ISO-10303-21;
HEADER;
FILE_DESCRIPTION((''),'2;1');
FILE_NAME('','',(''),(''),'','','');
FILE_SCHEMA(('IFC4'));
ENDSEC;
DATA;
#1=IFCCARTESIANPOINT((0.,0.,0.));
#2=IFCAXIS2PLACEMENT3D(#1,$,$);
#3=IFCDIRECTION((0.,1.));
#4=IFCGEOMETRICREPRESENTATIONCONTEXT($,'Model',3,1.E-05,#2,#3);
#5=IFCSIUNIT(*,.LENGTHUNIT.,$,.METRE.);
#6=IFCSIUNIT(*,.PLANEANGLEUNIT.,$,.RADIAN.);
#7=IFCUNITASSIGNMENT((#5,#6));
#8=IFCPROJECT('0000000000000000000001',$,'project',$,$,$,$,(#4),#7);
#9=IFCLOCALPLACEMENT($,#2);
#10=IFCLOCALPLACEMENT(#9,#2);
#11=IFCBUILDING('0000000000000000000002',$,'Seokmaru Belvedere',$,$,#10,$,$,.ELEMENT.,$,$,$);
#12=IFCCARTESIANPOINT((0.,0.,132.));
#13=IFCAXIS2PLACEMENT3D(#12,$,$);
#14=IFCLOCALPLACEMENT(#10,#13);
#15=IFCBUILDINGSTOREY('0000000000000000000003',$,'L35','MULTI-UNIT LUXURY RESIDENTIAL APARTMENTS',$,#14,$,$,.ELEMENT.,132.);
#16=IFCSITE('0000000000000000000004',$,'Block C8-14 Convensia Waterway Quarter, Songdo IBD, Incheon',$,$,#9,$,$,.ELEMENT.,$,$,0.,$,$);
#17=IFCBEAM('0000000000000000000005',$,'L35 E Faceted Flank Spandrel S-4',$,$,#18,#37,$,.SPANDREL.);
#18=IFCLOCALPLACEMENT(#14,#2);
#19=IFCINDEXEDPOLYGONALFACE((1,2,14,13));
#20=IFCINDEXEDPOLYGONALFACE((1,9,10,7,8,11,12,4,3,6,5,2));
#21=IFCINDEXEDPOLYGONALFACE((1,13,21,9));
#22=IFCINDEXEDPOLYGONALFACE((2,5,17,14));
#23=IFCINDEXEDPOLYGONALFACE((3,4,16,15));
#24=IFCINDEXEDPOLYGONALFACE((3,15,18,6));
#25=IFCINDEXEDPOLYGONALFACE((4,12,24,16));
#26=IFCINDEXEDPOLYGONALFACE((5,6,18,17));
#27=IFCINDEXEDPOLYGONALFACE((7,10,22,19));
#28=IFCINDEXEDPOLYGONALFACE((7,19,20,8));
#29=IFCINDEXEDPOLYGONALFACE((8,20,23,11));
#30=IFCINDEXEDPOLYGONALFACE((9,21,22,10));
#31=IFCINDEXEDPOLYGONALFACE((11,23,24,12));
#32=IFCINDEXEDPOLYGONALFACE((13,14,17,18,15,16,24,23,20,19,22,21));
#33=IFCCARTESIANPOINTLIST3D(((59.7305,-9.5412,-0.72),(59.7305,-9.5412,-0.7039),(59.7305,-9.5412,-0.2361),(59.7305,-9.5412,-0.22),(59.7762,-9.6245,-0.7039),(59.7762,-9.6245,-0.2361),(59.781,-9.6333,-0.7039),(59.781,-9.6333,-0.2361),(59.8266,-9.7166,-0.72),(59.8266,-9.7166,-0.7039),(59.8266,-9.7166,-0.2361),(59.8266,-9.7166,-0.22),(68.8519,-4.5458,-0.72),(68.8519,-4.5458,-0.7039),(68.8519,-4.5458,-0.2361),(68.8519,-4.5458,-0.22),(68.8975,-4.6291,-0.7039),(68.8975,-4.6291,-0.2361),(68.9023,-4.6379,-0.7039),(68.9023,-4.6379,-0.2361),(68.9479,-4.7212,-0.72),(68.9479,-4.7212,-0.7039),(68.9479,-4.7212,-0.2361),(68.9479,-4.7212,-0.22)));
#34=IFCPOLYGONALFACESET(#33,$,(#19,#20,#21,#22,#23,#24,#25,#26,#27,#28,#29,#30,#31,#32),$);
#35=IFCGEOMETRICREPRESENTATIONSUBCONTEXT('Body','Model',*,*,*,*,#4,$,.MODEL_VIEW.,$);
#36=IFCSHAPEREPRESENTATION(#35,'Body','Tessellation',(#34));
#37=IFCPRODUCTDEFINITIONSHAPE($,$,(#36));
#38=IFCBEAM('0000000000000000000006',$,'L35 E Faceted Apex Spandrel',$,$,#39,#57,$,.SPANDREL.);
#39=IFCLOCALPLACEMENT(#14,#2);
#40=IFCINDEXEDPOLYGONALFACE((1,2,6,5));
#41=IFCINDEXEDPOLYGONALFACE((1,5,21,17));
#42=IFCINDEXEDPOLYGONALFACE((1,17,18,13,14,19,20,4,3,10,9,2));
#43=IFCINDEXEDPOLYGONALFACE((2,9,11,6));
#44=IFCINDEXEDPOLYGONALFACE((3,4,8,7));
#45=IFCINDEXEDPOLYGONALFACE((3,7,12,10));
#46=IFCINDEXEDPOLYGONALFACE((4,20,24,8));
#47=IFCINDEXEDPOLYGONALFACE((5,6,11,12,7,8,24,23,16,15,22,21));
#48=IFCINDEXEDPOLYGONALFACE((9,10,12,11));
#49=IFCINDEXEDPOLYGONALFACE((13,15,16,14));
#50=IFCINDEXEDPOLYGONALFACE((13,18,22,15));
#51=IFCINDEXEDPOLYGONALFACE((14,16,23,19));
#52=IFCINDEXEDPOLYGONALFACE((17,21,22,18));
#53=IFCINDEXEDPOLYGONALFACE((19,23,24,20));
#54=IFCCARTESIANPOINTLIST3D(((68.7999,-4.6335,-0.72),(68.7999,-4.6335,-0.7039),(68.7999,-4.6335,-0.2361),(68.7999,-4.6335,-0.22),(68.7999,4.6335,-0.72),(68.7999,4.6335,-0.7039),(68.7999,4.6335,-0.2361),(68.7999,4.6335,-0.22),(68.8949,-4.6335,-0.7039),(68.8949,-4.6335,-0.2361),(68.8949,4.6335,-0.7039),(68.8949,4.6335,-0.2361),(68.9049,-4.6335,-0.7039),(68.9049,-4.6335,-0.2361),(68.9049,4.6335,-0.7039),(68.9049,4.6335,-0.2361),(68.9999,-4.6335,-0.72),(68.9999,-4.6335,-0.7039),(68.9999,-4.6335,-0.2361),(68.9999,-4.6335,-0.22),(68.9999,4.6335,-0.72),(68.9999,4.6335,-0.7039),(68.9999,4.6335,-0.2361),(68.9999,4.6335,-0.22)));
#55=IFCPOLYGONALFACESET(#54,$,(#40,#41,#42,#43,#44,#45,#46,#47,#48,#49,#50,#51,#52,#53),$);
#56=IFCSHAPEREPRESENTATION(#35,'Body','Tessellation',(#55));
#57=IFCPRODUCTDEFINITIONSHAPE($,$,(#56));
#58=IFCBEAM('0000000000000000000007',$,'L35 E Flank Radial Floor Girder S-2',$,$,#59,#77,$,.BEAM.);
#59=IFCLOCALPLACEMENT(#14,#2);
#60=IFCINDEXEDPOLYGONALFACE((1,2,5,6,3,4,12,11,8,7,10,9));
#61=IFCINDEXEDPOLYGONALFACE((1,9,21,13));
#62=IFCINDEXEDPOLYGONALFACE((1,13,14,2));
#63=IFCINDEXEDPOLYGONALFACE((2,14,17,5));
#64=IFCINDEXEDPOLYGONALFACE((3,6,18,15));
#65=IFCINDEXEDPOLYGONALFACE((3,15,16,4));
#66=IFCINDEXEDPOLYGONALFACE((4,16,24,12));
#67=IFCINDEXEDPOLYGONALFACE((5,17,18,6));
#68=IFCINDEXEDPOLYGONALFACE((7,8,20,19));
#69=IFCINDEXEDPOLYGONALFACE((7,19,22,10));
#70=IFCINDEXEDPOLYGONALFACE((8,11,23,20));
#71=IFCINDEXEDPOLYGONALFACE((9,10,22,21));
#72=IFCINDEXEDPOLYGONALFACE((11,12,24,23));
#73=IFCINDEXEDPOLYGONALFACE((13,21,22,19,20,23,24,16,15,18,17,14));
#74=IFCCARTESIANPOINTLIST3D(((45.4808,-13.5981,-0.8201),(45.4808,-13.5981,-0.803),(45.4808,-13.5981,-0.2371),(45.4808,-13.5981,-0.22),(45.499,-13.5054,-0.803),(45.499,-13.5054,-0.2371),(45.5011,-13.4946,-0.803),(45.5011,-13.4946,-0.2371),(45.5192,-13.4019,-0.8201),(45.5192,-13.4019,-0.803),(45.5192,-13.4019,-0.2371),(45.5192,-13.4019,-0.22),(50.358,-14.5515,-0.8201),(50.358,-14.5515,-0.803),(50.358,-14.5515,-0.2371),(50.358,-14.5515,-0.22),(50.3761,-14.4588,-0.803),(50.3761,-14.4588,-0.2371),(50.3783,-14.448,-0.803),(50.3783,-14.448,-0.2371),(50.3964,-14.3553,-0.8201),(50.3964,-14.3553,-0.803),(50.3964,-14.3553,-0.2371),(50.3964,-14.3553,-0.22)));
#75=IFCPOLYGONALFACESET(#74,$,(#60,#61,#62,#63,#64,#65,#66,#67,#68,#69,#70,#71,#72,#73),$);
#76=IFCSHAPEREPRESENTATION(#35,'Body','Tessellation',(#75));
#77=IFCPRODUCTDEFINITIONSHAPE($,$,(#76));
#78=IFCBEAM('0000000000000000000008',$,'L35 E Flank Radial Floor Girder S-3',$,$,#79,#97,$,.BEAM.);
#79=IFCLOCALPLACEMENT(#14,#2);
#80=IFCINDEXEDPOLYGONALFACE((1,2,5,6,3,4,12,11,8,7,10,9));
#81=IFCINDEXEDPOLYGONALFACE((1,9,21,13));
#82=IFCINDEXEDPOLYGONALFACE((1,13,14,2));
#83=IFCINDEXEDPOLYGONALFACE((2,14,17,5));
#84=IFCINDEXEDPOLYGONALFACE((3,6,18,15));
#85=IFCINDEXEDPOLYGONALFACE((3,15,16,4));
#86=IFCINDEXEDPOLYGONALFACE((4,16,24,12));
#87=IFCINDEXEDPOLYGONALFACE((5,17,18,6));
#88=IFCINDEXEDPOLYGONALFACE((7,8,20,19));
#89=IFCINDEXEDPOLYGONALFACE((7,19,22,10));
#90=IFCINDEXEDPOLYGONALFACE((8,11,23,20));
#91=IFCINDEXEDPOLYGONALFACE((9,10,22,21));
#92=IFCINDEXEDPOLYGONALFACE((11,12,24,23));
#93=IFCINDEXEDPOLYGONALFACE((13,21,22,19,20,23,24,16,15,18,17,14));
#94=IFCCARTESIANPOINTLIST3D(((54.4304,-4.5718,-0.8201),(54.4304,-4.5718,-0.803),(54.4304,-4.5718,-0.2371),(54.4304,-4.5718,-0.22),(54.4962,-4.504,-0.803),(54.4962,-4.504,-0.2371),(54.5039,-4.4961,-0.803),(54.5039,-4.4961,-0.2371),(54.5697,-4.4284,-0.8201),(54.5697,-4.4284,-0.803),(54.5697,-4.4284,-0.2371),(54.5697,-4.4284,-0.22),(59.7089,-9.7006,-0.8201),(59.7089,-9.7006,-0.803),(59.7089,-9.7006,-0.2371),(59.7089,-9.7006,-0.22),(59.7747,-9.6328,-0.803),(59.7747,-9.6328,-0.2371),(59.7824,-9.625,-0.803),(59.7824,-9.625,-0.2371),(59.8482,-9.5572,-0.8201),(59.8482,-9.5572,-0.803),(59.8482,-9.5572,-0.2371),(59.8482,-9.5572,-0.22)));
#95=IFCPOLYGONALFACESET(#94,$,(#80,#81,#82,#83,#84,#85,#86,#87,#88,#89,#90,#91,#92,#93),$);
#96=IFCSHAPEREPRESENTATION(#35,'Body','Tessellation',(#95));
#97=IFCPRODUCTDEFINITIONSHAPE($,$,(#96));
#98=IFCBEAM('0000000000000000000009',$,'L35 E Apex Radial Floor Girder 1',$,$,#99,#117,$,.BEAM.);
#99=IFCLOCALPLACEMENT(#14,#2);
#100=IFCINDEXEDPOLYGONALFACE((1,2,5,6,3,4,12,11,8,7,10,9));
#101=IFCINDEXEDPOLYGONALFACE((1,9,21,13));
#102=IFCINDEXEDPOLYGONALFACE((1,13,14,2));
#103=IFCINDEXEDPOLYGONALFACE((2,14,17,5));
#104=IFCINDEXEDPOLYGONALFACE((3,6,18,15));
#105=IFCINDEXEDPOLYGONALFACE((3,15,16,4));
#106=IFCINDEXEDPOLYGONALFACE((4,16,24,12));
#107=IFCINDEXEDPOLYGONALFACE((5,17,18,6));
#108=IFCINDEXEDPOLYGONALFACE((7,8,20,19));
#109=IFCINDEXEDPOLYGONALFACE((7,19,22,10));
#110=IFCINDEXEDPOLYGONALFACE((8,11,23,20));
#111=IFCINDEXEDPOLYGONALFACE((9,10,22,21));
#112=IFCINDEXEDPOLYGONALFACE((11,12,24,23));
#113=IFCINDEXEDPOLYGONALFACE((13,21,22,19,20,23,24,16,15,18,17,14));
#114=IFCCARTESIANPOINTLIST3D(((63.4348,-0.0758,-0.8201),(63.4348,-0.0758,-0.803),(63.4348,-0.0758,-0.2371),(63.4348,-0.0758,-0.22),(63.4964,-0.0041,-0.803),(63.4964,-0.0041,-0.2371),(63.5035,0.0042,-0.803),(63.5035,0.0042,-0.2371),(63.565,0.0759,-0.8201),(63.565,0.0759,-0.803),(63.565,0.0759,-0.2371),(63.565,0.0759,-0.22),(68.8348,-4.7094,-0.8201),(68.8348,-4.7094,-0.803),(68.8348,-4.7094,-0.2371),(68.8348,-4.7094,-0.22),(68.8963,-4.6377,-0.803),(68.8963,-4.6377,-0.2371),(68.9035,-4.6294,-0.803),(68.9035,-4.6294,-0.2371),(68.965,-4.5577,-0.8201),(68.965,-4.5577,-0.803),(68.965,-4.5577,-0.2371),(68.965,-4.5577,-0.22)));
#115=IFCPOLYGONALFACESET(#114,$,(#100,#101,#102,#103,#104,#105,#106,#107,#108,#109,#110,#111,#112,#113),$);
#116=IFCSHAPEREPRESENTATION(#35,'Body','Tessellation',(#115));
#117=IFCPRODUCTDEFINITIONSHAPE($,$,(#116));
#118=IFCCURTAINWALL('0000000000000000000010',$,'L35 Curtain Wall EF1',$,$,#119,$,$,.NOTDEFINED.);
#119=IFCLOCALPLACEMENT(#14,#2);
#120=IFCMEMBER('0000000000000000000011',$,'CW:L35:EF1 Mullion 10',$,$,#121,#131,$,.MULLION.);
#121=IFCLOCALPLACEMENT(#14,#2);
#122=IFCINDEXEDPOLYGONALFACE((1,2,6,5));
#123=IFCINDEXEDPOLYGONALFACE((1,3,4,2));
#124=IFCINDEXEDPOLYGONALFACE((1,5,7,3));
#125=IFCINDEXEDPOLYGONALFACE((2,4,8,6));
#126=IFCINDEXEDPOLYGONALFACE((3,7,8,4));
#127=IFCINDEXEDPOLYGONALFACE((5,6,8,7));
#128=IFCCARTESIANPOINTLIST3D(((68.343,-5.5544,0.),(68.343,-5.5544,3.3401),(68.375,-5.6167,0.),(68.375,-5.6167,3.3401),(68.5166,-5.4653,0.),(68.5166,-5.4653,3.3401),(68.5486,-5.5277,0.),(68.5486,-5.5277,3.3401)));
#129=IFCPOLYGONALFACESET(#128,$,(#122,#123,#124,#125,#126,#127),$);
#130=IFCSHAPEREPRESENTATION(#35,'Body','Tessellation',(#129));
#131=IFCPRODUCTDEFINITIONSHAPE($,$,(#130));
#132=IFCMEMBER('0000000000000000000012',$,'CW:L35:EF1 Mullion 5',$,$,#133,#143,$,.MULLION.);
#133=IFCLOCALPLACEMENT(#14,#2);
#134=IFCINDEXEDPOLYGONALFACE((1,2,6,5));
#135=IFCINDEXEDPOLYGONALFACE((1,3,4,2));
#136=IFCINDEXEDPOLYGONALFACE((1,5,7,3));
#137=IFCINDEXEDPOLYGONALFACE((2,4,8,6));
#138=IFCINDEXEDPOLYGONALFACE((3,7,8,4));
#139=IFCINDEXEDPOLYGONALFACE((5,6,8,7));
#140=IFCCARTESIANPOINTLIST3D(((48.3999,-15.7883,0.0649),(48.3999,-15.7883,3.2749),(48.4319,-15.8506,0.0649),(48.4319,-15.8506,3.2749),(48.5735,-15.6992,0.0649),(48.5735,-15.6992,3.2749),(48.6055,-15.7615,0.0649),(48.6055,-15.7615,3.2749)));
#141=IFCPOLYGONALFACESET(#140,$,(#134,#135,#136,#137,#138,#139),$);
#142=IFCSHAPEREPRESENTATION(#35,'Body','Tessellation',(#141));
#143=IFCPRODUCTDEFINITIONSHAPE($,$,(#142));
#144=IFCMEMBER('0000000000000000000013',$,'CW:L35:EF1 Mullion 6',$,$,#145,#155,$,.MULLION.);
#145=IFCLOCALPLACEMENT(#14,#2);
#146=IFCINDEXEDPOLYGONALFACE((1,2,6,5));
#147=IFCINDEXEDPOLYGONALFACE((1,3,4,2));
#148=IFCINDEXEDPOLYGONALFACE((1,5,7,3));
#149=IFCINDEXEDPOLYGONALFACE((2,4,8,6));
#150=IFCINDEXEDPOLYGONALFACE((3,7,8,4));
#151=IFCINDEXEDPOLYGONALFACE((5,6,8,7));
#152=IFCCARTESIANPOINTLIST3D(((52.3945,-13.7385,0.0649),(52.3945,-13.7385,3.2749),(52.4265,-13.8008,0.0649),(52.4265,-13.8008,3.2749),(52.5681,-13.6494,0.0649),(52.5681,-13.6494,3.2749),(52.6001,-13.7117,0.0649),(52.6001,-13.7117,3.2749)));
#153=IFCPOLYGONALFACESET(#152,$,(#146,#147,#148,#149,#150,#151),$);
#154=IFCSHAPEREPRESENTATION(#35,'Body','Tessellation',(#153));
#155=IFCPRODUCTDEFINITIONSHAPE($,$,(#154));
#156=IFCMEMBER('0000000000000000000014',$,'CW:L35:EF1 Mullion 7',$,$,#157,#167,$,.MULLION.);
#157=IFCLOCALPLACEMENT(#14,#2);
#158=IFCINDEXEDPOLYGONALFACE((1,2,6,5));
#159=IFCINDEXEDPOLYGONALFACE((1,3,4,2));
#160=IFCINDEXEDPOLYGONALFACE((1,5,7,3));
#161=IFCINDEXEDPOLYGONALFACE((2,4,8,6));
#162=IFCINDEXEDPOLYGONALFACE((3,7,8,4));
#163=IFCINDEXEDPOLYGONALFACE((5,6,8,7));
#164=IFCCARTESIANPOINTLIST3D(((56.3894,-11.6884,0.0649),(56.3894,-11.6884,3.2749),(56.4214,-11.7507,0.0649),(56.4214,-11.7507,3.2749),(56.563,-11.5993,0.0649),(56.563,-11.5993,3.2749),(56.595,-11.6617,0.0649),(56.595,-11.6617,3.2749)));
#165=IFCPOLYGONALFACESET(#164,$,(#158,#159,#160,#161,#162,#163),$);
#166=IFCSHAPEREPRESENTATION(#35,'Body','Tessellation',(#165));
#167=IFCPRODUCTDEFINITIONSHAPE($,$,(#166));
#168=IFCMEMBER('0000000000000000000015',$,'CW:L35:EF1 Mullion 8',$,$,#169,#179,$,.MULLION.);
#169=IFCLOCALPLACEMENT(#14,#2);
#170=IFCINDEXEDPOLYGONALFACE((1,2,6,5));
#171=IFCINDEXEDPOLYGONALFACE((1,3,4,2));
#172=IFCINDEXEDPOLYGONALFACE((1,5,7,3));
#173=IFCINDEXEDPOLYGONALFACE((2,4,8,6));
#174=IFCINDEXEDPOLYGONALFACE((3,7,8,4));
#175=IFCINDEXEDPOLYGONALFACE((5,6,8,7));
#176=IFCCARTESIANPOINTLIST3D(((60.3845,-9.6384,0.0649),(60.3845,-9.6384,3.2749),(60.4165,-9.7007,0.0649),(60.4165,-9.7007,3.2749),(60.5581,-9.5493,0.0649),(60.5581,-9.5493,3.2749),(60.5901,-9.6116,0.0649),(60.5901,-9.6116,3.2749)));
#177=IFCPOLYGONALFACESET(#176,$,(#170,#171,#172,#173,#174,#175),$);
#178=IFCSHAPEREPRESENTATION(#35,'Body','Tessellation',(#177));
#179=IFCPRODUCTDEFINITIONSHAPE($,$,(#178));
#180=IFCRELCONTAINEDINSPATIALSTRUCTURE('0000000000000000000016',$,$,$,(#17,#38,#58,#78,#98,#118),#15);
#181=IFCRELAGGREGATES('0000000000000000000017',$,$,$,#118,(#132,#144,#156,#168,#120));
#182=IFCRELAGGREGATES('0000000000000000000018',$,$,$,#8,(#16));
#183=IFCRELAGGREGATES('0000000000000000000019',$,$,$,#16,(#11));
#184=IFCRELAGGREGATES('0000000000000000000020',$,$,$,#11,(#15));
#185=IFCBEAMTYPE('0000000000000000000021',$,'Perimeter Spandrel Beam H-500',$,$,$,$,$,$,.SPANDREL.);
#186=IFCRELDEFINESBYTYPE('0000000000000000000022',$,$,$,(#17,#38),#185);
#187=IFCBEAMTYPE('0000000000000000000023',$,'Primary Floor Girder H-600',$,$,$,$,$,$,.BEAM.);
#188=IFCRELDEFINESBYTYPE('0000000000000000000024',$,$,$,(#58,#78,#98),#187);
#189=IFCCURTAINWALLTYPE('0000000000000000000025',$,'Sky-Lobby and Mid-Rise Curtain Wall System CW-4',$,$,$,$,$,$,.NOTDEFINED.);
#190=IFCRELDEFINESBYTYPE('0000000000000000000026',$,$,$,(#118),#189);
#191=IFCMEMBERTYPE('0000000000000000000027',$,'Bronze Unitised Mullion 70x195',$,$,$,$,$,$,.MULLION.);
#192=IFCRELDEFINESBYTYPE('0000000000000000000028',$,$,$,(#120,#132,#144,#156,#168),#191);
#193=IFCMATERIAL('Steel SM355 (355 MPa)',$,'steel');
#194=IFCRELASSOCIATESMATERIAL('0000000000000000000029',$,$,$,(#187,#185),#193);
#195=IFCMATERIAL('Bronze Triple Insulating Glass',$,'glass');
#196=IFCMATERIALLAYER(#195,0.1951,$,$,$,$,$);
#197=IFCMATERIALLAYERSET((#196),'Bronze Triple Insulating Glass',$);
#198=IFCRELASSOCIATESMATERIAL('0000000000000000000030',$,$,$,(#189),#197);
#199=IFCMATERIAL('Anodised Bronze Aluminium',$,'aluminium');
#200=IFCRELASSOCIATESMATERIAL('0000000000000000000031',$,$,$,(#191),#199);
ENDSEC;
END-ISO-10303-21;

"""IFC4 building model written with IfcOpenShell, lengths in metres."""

from ifc_helpers import new_model, si_unit, direction, frame, origin, origin_2d, place, context, subcontext, project, spatial, rectangle, i_section, extrude, source, transform, mapped, material, layer, layer_set, material_profile, profile_set, type_object, type_shapes, element, aggregate, save


model = new_model("IFC4")

# Units and contexts
model_context = context("Model", 3, precision=1e-05, world=origin(), true_north=direction((0.0, 1.0)))
body_context = subcontext(model_context, "Body", "Model", "MODEL_VIEW")
ifc_project = project(units=[si_unit("LENGTHUNIT", "METRE"), si_unit("PLANEANGLEUNIT", "RADIAN")], contexts=[model_context])

# Site, building, storey
site_placement = place(None, origin())
site = spatial("IfcSite", under=ifc_project, at=site_placement, Name="Block C8-14 Convensia Waterway Quarter, Songdo IBD, Incheon", CompositionType="ELEMENT", RefElevation=0.0)
building_placement = place(site_placement, origin())
building = spatial("IfcBuilding", under=site, at=building_placement, Name="Seokmaru Belvedere", CompositionType="ELEMENT")
storey_placement = place(building_placement, frame((0.0, 0.0, 132.0)))
storey = spatial("IfcBuildingStorey", under=building, at=storey_placement, Name="L35", Description="MULTI-UNIT LUXURY RESIDENTIAL APARTMENTS", CompositionType="ELEMENT", Elevation=132.0)

# Shared definitions
ifc_material_1 = material(Name="Steel SM355 (355 MPa)", Category="steel")

# Beams
ifc_material_profile_1 = material_profile(ifc_material_1, i_section(OverallWidth=0.2, OverallDepth=0.6001, WebThickness=0.011, FlangeThickness=0.0171, at=origin_2d()), Name="H-600x200x11x17")
ifc_profile_set_1 = profile_set([ifc_material_profile_1], Name="Steel SM355 (355 MPa)")
beam_type_1 = type_object("IfcBeamType", Name="Primary Floor Girder H-600", PredefinedType="BEAM", material=ifc_profile_set_1)
ifc_material_profile_2 = material_profile(ifc_material_1, i_section(OverallWidth=0.2, OverallDepth=0.5, WebThickness=0.01, FlangeThickness=0.0161, at=origin_2d()), Name="H-500x200x10x16")
ifc_profile_set_2 = profile_set([ifc_material_profile_2], Name="Steel SM355 (355 MPa)")
beam_type_2 = type_object("IfcBeamType", Name="Perimeter Spandrel Beam H-500", PredefinedType="SPANDREL", material=ifc_profile_set_2)
shared_shape_1 = source(origin(), body_context, "Body", "SweptSolid", [
    extrude(i_section(OverallWidth=0.2, OverallDepth=0.5, WebThickness=0.01, FlangeThickness=0.0161, at=origin_2d()), origin(), (0.0, 0.0, 1.0), 10.3997),
])
beam_1_placement = place(storey_placement, frame((59.7786, -9.6289, -0.47), z_axis=(0.877082, 0.48034, 0.0), x_axis=(-0.48034, 0.877082, 0.0)))
element("IfcBeam", 1, at=beam_1_placement, inside=storey, type_object=beam_type_2, Name="L35 E Faceted Flank Spandrel S-4", PredefinedType="SPANDREL", context=body_context, shape_type="MappedRepresentation", body=[
    mapped(shared_shape_1, transform((0.0, 0.0, 0.0), scale=1.0)),
])
shared_shape_2 = source(origin(), body_context, "Body", "SweptSolid", [
    extrude(i_section(OverallWidth=0.2, OverallDepth=0.5, WebThickness=0.01, FlangeThickness=0.0161, at=origin_2d()), origin(), (0.0, 0.0, 1.0), 9.2671),
])
beam_2_placement = place(storey_placement, frame((68.8999, -4.6335, -0.47), z_axis=(0.0, 1.0, 0.0), x_axis=(-1.0, 0.0, 0.0)))
element("IfcBeam", 2, at=beam_2_placement, inside=storey, type_object=beam_type_2, Name="L35 E Faceted Apex Spandrel", PredefinedType="SPANDREL", context=body_context, shape_type="MappedRepresentation", body=[
    mapped(shared_shape_2, transform((0.0, 0.0, 0.0), scale=1.0)),
])
shared_shape_3 = source(origin(), body_context, "Body", "SweptSolid", [
    extrude(i_section(OverallWidth=0.2, OverallDepth=0.6001, WebThickness=0.011, FlangeThickness=0.0171, at=origin_2d()), origin(), (0.0, 0.0, 1.0), 4.9695),
])
beam_3_placement = place(storey_placement, frame((50.3772, -14.4534, -0.52), z_axis=(-0.981425, 0.191844, 0.0), x_axis=(-0.191844, -0.981425, 0.0)))
element("IfcBeam", 3, at=beam_3_placement, inside=storey, type_object=beam_type_1, Name="L35 E Flank Radial Floor Girder S-2", PredefinedType="BEAM", context=body_context, shape_type="MappedRepresentation", body=[
    mapped(shared_shape_3, transform((0.0, 0.0, 0.0), scale=1.0)),
])
shared_shape_4 = source(origin(), body_context, "Body", "SweptSolid", [
    extrude(i_section(OverallWidth=0.2, OverallDepth=0.6001, WebThickness=0.011, FlangeThickness=0.0171, at=origin_2d()), origin(), (0.0, 0.0, 1.0), 7.3599),
])
beam_4_placement = place(storey_placement, frame((59.7786, -9.6289, -0.52), z_axis=(-0.717201, 0.696867, 0.0), x_axis=(-0.696867, -0.717201, 0.0)))
element("IfcBeam", 4, at=beam_4_placement, inside=storey, type_object=beam_type_1, Name="L35 E Flank Radial Floor Girder S-3", PredefinedType="BEAM", context=body_context, shape_type="MappedRepresentation", body=[
    mapped(shared_shape_4, transform((0.0, 0.0, 0.0), scale=1.0)),
])
shared_shape_5 = source(origin(), body_context, "Body", "SweptSolid", [
    extrude(i_section(OverallWidth=0.2, OverallDepth=0.6001, WebThickness=0.011, FlangeThickness=0.0171, at=origin_2d()), origin(), (0.0, 0.0, 1.0), 7.1155),
])
beam_5_placement = place(storey_placement, frame((68.8999, -4.6335, -0.52), z_axis=(-0.758905, 0.651201, 0.0), x_axis=(-0.651201, -0.758905, 0.0)))
element("IfcBeam", 5, at=beam_5_placement, inside=storey, type_object=beam_type_1, Name="L35 E Apex Radial Floor Girder 1", PredefinedType="BEAM", context=body_context, shape_type="MappedRepresentation", body=[
    mapped(shared_shape_5, transform((0.0, 0.0, 0.0), scale=1.0)),
])

# Curtain wall, members
ifc_material_2 = material(Name="Bronze Triple Insulating Glass", Category="glass")
ifc_layer_1 = layer(ifc_material_2, 0.1951)
ifc_layer_set_1 = layer_set([ifc_layer_1], Name="Bronze Triple Insulating Glass")
curtain_wall_type = type_object("IfcCurtainWallType", Name="Sky-Lobby and Mid-Rise Curtain Wall System CW-4", PredefinedType="NOTDEFINED", material=ifc_layer_set_1)
curtain_wall_placement = place(storey_placement, origin())
curtain_wall = element("IfcCurtainWall", 6, at=curtain_wall_placement, inside=storey, type_object=curtain_wall_type, Name="L35 Curtain Wall EF1", PredefinedType="NOTDEFINED")
ifc_material_3 = material(Name="Anodised Bronze Aluminium", Category="aluminium")
ifc_material_profile_3 = material_profile(ifc_material_3, rectangle(XDim=0.0701, YDim=0.1951, at=origin_2d()), Name="CW-M-70x195")
ifc_profile_set_3 = profile_set([ifc_material_profile_3], Name="Anodised Bronze Aluminium")
member_type = type_object("IfcMemberType", Name="Bronze Unitised Mullion 70x195", PredefinedType="MULLION", material=ifc_profile_set_3)
shared_shape_6 = source(origin(), body_context, "Body", "SweptSolid", [
    extrude(rectangle(XDim=0.0701, YDim=0.1951, at=origin_2d()), origin(), (0.0, 0.0, 1.0), 3.3401),
])
member_1_placement = place(storey_placement, frame((68.4458, -5.541, 0.0), z_axis=(0.0, 0.0, 1.0), x_axis=(-0.456555, 0.889695, 0.0)))
member_1 = element("IfcMember", 7, at=member_1_placement, type_object=member_type, Name="CW:L35:EF1 Mullion 10", PredefinedType="MULLION", context=body_context, shape_type="MappedRepresentation", body=[
    mapped(shared_shape_6, transform((0.0, 0.0, 0.0), scale=1.0)),
])
shared_shape_7 = source(origin(), body_context, "Body", "SweptSolid", [
    extrude(rectangle(XDim=0.0701, YDim=0.1951, at=origin_2d()), origin(), (0.0, 0.0, 1.0), 3.21),
])
type_shapes(member_type, [shared_shape_6, shared_shape_7])
member_2_placement = place(storey_placement, frame((48.5027, -15.7749, 0.0649), z_axis=(0.0, 0.0, 1.0), x_axis=(-0.456555, 0.889695, 0.0)))
member_2 = element("IfcMember", 8, at=member_2_placement, type_object=member_type, Name="CW:L35:EF1 Mullion 5", PredefinedType="MULLION", context=body_context, shape_type="MappedRepresentation", body=[
    mapped(shared_shape_7, transform((0.0, 0.0, 0.0), scale=1.0)),
])
member_3_placement = place(storey_placement, frame((52.4973, -13.7251, 0.0649), z_axis=(0.0, 0.0, 1.0), x_axis=(-0.456555, 0.889695, 0.0)))
member_3 = element("IfcMember", 9, at=member_3_placement, type_object=member_type, Name="CW:L35:EF1 Mullion 6", PredefinedType="MULLION", context=body_context, shape_type="MappedRepresentation", body=[
    mapped(shared_shape_7, transform((0.0, 0.0, 0.0), scale=1.0)),
])
member_4_placement = place(storey_placement, frame((56.4922, -11.675, 0.0649), z_axis=(0.0, 0.0, 1.0), x_axis=(-0.456555, 0.889695, 0.0)))
member_4 = element("IfcMember", 10, at=member_4_placement, type_object=member_type, Name="CW:L35:EF1 Mullion 7", PredefinedType="MULLION", context=body_context, shape_type="MappedRepresentation", body=[
    mapped(shared_shape_7, transform((0.0, 0.0, 0.0), scale=1.0)),
])
member_5_placement = place(storey_placement, frame((60.4873, -9.625, 0.0649), z_axis=(0.0, 0.0, 1.0), x_axis=(-0.456555, 0.889695, 0.0)))
member_5 = element("IfcMember", 11, at=member_5_placement, type_object=member_type, Name="CW:L35:EF1 Mullion 8", PredefinedType="MULLION", context=body_context, shape_type="MappedRepresentation", body=[
    mapped(shared_shape_7, transform((0.0, 0.0, 0.0), scale=1.0)),
])
aggregate(curtain_wall, [member_2, member_3, member_4, member_5, member_1])

save(model, "model.ifc")
